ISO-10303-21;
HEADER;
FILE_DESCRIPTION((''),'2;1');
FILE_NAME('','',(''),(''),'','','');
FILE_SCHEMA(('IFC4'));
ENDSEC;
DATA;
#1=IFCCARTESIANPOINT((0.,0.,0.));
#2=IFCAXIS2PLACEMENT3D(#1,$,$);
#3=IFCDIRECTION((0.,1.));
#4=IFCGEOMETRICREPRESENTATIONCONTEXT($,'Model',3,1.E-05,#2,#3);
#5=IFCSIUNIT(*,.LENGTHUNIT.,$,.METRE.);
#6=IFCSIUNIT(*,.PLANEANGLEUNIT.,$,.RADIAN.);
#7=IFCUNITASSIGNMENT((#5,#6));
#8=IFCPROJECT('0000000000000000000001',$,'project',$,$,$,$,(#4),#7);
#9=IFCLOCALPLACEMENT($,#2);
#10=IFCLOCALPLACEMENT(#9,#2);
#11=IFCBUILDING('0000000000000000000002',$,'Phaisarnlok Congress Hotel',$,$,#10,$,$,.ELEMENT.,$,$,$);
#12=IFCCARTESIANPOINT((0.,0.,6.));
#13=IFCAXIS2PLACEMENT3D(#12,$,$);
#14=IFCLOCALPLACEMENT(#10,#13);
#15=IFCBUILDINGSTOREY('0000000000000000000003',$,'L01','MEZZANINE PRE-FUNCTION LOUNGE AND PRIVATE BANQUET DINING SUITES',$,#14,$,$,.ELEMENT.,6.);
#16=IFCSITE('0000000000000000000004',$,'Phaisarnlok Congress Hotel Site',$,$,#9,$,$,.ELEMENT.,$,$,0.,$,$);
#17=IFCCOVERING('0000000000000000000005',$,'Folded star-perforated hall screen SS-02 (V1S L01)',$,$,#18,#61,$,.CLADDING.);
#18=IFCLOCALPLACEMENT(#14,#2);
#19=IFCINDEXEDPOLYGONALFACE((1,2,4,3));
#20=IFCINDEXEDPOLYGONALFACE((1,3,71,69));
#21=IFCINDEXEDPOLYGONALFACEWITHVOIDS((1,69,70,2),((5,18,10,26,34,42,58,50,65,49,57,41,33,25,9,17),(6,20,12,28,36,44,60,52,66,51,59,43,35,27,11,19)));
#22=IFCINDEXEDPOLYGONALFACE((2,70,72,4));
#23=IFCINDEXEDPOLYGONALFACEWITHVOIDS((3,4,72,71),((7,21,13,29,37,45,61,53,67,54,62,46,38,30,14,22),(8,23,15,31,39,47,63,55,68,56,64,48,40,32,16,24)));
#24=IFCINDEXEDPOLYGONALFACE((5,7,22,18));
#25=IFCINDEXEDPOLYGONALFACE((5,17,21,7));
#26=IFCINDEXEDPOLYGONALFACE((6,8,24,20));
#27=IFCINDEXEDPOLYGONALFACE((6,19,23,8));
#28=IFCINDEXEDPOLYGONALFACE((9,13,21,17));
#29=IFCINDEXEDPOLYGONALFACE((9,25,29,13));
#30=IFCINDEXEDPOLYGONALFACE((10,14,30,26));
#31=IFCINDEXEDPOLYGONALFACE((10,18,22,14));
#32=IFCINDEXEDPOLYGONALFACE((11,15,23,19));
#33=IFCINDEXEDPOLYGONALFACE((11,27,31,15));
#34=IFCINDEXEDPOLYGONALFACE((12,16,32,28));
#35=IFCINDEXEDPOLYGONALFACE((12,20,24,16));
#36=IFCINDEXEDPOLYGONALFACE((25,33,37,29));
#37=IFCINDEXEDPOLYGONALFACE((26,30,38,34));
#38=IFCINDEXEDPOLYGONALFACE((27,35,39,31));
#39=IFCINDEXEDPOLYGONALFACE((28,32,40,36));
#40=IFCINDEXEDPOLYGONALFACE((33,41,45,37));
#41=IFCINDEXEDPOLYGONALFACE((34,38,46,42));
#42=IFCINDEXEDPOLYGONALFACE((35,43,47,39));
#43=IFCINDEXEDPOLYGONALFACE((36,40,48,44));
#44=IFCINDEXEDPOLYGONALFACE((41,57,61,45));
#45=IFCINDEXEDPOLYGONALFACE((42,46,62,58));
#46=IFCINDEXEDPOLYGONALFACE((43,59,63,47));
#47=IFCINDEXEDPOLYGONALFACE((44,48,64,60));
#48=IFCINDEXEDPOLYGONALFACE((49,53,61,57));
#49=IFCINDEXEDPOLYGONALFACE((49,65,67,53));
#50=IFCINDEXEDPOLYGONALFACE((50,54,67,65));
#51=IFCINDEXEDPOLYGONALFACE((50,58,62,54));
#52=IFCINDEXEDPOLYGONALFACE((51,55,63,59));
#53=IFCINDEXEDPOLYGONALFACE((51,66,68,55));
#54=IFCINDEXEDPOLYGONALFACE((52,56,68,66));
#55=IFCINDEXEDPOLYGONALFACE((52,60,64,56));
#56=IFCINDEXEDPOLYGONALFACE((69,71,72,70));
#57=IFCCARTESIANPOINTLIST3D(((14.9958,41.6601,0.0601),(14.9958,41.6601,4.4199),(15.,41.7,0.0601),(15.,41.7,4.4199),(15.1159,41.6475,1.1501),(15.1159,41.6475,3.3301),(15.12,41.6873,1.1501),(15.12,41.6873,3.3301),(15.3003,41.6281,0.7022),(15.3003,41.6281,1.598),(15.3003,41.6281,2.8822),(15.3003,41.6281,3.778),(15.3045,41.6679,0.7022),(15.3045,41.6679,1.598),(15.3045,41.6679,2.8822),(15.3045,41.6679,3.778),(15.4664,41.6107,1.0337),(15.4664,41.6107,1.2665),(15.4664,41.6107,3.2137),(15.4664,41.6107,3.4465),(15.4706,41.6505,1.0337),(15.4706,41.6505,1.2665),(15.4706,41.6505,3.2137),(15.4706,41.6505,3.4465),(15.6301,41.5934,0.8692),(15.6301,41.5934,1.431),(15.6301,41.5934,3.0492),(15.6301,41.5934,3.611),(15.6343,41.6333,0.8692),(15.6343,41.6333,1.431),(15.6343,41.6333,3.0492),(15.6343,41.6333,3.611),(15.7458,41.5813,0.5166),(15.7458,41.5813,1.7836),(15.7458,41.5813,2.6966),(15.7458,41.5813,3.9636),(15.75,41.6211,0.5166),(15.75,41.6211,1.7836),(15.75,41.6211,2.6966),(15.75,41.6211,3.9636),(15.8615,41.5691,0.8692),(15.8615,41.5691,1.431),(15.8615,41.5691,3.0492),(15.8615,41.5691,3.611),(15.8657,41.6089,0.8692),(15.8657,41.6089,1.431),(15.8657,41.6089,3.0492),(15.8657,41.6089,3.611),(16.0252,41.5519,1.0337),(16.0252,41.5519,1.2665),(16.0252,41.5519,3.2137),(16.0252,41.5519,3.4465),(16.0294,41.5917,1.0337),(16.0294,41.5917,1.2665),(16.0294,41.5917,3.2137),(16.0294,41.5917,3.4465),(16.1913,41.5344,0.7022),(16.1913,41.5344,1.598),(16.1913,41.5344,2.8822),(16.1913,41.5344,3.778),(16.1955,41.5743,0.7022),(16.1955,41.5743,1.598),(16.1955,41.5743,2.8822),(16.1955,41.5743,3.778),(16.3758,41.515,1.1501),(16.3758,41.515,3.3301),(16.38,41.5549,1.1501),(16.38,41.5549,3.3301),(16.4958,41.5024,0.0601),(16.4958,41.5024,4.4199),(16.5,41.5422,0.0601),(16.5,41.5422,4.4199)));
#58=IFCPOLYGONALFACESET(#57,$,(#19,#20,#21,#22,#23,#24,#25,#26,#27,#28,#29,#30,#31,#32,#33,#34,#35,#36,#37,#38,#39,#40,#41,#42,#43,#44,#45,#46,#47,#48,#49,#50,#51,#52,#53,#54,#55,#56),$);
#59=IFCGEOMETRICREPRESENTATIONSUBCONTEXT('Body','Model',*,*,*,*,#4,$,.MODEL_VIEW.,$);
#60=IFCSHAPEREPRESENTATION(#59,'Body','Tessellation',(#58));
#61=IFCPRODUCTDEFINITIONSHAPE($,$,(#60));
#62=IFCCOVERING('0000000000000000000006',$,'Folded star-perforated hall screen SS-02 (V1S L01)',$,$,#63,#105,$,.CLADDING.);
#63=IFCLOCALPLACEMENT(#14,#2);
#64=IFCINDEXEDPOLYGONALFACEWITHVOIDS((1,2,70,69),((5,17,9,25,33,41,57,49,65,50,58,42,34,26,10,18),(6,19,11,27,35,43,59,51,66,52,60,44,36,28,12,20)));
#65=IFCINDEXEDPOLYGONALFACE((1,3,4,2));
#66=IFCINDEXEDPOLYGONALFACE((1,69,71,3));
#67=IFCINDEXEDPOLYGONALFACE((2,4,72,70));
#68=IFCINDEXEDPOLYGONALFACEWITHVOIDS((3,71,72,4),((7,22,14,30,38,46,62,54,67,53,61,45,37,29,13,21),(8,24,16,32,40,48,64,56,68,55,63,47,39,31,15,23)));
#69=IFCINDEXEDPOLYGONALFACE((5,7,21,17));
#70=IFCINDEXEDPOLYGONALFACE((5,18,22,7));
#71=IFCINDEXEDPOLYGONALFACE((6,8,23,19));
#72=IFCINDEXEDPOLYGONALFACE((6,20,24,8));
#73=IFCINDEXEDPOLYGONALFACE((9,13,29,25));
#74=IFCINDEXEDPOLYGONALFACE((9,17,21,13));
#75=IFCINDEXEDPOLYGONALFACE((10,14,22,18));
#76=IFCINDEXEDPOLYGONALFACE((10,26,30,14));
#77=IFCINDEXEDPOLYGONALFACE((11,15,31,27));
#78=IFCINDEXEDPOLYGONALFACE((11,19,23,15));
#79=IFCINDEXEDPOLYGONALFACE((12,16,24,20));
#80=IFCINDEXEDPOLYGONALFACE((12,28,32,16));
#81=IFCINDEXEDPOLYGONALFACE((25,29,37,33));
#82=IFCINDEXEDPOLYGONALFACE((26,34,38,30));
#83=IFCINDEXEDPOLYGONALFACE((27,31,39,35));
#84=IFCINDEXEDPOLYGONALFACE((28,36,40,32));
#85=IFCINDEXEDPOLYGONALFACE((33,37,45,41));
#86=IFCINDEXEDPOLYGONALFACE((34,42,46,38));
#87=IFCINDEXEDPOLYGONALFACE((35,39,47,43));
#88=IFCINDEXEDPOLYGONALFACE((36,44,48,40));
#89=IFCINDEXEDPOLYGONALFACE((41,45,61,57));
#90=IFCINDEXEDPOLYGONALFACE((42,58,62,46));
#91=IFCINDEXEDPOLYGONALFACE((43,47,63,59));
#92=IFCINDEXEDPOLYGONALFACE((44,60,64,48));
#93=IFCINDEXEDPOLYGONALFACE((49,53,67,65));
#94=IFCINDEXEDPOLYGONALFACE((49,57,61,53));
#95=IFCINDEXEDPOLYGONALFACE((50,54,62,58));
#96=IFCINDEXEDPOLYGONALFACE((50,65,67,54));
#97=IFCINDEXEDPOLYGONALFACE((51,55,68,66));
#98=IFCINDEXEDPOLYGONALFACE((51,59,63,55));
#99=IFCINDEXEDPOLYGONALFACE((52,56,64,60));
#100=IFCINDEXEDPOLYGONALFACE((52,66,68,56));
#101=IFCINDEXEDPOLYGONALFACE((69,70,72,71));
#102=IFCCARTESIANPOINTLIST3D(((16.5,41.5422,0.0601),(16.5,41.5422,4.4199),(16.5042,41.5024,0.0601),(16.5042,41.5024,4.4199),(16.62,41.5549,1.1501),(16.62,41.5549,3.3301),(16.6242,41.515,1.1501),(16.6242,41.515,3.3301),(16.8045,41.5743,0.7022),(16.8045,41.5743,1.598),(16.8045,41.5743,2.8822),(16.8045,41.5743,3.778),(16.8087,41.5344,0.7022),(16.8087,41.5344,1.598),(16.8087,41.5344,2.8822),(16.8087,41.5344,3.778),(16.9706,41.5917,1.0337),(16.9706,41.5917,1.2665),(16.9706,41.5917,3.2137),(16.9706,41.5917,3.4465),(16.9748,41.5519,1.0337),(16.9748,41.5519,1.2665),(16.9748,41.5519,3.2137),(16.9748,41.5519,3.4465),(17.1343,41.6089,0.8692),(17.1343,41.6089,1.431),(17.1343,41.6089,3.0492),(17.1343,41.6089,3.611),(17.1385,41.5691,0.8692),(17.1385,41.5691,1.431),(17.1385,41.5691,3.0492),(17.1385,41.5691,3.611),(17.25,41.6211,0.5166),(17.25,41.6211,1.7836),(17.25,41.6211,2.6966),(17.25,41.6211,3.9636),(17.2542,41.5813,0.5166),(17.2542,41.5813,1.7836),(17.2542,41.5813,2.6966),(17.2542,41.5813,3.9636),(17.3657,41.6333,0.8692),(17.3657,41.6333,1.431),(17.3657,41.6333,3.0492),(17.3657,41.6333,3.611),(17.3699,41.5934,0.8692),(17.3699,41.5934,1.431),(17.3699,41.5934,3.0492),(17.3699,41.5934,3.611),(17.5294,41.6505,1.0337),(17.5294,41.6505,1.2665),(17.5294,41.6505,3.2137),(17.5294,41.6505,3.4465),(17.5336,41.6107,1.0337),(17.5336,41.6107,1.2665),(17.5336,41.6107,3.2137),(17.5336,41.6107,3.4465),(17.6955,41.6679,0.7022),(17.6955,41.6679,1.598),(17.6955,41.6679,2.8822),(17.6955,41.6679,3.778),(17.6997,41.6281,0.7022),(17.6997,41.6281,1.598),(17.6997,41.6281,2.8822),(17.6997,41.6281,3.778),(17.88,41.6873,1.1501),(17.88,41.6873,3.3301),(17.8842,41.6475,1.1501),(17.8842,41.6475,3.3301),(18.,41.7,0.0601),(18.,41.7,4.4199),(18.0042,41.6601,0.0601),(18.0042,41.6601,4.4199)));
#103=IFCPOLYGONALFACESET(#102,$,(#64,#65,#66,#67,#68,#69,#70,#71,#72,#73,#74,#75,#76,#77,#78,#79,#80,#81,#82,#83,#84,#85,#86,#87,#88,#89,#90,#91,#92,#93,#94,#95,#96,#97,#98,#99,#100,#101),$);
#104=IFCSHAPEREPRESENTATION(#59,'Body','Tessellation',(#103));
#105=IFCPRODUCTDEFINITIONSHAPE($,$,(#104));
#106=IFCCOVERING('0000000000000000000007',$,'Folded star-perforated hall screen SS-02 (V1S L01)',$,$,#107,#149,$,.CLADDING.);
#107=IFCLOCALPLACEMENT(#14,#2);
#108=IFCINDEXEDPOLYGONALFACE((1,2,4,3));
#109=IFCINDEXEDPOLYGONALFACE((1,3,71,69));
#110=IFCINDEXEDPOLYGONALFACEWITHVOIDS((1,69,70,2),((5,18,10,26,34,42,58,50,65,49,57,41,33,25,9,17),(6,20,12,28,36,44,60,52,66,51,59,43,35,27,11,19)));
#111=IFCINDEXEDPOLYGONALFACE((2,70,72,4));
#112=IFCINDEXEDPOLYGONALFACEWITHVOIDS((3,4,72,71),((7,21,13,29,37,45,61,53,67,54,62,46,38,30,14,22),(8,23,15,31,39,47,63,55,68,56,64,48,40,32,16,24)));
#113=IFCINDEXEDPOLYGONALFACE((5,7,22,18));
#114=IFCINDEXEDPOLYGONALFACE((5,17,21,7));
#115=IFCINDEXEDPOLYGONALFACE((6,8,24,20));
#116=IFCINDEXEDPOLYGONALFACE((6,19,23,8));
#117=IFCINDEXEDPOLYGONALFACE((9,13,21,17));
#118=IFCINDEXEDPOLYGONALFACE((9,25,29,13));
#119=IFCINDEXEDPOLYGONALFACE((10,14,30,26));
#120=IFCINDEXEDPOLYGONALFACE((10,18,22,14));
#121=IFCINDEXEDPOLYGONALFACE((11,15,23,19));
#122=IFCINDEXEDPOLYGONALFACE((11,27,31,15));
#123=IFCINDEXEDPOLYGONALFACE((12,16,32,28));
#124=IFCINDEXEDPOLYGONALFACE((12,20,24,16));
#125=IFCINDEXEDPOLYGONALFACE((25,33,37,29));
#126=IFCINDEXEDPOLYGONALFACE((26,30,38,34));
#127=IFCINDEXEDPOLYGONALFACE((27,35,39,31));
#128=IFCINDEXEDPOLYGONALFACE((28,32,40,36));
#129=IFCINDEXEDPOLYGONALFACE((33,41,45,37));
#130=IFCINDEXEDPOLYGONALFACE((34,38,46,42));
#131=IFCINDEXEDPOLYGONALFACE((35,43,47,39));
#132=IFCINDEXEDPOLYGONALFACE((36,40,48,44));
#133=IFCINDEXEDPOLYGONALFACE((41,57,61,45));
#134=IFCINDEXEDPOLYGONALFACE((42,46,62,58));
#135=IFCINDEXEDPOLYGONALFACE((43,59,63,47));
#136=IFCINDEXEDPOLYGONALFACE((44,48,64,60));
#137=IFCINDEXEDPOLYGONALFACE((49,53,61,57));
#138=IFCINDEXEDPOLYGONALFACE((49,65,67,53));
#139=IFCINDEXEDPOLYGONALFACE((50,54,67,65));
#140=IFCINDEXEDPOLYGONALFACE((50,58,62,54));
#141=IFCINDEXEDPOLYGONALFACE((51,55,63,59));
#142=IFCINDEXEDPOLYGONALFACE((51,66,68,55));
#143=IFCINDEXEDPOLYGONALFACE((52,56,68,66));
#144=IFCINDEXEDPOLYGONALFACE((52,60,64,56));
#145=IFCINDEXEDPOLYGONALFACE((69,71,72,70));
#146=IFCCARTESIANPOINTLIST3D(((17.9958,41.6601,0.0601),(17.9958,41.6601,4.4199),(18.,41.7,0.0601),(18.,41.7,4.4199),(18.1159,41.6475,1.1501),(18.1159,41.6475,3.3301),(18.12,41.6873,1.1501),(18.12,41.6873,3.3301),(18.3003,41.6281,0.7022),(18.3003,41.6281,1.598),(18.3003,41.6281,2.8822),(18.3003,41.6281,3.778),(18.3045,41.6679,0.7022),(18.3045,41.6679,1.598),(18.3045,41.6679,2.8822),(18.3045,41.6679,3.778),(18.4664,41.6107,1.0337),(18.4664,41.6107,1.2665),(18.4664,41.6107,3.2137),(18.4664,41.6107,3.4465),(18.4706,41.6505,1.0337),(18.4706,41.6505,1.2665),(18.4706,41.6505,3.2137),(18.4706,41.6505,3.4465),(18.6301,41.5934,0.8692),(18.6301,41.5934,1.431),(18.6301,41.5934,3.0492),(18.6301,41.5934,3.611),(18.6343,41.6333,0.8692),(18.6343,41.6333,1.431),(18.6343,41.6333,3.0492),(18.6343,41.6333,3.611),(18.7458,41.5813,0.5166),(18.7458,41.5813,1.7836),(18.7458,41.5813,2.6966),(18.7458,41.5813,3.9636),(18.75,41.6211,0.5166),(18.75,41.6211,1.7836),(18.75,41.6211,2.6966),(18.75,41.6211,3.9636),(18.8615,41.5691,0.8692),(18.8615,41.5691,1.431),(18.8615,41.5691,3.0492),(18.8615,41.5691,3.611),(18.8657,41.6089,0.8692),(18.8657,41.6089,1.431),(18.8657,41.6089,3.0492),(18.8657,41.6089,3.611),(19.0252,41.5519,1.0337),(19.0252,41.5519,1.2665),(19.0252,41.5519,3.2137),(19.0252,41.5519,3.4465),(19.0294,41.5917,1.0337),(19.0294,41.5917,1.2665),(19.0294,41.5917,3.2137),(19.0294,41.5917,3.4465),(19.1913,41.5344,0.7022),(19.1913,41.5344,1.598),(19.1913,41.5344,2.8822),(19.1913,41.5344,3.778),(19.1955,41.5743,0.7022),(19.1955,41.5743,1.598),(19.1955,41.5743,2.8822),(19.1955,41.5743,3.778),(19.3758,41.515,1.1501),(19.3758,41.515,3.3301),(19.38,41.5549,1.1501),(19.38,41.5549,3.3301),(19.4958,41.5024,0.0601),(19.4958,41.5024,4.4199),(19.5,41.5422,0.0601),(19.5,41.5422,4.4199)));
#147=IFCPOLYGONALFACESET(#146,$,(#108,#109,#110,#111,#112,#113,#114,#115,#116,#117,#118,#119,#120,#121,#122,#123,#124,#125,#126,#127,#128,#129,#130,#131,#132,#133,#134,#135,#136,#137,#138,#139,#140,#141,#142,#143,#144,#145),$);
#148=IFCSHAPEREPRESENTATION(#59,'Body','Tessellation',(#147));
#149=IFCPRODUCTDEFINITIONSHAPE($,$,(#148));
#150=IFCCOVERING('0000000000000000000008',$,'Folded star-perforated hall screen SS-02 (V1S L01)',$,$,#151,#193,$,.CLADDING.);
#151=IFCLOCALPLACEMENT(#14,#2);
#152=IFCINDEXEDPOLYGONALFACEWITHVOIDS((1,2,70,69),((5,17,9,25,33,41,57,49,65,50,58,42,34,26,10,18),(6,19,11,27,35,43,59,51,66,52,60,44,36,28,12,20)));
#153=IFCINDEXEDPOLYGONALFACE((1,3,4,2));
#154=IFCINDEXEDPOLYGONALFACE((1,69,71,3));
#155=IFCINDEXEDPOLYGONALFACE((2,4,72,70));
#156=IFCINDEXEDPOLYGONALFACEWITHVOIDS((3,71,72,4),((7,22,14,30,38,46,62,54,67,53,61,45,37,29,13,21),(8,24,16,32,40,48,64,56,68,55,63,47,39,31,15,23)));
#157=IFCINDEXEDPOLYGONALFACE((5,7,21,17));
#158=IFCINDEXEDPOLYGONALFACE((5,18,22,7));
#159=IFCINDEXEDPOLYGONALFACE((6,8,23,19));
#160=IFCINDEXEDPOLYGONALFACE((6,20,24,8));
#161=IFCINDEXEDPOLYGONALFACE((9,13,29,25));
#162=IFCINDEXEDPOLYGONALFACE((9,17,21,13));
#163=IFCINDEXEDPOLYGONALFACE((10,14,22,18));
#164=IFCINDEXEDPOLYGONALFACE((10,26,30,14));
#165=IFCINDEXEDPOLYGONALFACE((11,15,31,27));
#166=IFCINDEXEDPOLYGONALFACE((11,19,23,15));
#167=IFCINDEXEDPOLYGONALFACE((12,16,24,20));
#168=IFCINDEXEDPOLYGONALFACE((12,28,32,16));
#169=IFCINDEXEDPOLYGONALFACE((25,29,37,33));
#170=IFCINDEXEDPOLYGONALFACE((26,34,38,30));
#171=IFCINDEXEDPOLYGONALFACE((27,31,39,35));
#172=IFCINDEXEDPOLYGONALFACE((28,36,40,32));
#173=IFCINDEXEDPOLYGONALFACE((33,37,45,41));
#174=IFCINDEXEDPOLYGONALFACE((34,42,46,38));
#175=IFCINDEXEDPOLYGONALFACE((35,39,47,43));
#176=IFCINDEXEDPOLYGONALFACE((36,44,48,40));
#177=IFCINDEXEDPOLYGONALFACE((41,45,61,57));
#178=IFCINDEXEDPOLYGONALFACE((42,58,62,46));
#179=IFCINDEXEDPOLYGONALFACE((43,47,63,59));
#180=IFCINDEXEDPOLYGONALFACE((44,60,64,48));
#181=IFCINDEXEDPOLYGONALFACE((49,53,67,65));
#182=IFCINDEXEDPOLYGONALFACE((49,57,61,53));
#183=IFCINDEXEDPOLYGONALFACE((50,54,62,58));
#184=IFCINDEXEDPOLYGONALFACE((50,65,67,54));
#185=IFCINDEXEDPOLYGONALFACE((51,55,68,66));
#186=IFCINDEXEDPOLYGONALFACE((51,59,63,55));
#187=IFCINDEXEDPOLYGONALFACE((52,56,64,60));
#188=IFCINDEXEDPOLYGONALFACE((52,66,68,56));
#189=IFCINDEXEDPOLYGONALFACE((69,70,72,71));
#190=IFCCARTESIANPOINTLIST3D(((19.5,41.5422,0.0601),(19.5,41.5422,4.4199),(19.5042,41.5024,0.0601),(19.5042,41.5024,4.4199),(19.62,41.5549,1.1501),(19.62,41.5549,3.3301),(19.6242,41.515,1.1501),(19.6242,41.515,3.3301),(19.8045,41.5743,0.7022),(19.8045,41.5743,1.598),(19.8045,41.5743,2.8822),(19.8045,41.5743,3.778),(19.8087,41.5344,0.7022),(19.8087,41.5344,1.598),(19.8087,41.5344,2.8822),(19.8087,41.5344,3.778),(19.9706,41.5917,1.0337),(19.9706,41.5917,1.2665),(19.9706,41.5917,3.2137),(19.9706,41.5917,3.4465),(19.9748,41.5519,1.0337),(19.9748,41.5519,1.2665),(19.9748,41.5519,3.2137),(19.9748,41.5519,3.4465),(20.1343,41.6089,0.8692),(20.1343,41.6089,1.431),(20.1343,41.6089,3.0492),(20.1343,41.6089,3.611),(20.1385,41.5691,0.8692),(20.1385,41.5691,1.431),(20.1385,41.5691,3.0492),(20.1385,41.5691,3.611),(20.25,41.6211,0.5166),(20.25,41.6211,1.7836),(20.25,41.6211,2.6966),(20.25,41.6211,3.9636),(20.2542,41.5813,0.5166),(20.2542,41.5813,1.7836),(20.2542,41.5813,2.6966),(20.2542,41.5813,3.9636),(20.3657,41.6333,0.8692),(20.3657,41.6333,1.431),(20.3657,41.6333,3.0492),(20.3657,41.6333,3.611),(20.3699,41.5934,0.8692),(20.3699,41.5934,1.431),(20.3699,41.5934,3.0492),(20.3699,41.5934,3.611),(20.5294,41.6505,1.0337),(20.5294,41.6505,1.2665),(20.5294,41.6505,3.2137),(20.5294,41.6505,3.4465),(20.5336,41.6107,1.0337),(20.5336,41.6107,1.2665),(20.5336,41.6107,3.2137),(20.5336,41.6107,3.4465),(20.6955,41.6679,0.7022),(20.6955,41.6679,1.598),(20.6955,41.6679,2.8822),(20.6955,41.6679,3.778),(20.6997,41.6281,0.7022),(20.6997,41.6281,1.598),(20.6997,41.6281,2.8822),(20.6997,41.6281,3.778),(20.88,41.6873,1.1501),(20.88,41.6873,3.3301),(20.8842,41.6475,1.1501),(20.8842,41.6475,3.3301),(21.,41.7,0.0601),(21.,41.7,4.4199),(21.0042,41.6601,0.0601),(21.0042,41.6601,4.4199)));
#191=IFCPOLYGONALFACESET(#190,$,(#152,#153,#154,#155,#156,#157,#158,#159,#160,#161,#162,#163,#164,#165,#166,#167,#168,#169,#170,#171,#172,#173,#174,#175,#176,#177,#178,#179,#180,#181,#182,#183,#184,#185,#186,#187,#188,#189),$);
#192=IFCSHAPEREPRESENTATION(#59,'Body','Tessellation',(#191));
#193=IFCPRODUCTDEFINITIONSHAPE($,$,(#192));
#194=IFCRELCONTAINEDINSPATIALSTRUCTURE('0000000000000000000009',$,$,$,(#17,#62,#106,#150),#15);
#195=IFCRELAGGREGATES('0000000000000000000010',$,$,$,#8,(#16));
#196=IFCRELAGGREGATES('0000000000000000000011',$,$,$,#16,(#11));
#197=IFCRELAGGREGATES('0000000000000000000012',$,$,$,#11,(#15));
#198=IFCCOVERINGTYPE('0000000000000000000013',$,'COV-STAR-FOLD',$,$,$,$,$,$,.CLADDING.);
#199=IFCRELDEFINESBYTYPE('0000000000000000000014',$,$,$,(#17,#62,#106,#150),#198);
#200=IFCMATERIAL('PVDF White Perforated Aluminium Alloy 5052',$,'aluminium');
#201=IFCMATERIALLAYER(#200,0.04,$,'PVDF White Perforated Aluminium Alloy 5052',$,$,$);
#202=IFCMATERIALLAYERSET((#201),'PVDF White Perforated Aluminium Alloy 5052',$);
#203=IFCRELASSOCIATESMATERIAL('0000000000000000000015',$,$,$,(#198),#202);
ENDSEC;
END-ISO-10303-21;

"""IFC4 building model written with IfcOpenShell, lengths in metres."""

from ifc_helpers import new_model, si_unit, direction, frame, origin, place, context, subcontext, project, spatial, polyline, outline, extrude, material, layer, layer_set, type_object, element, save


model = new_model("IFC4")

# Units and contexts
model_context = context("Model", 3, precision=1e-05, world=origin(), true_north=direction((0.0, 1.0)))
body_context = subcontext(model_context, "Body", "Model", "MODEL_VIEW")
ifc_project = project(units=[si_unit("LENGTHUNIT", "METRE"), si_unit("PLANEANGLEUNIT", "RADIAN")], contexts=[model_context])

# Site, building, storey
site_placement = place(None, origin())
site = spatial("IfcSite", under=ifc_project, at=site_placement, Name="Phaisarnlok Congress Hotel Site", CompositionType="ELEMENT", RefElevation=0.0)
building_placement = place(site_placement, origin())
building = spatial("IfcBuilding", under=site, at=building_placement, Name="Phaisarnlok Congress Hotel", CompositionType="ELEMENT")
storey_placement = place(building_placement, frame((0.0, 0.0, 6.0)))
storey = spatial("IfcBuildingStorey", under=building, at=storey_placement, Name="L01", Description="MEZZANINE PRE-FUNCTION LOUNGE AND PRIVATE BANQUET DINING SUITES", CompositionType="ELEMENT", Elevation=6.0)

# Coverings
ifc_material_1 = material(Name="PVDF White Perforated Aluminium Alloy 5052", Category="aluminium")
ifc_layer = layer(ifc_material_1, 0.04, Name="PVDF White Perforated Aluminium Alloy 5052")
ifc_layer_set = layer_set([ifc_layer], Name="PVDF White Perforated Aluminium Alloy 5052")
covering_type = type_object("IfcCoveringType", Name="COV-STAR-FOLD", PredefinedType="CLADDING", material=ifc_layer_set)
for number, where, z_axis, x_axis, name in (
    (1, (15.0, 41.7, 0.0601), (-0.104567, -0.994518, 0.0), (0.994518, -0.104567, 0.0), "Folded star-perforated hall screen SS-02 (V1S L01)"),
    (2, (16.5, 41.5422, 0.0601), (0.104567, -0.994518, 0.0), (0.994518, 0.104567, 0.0), "Folded star-perforated hall screen SS-02 (V1S L01)"),
    (3, (18.0, 41.7, 0.0601), (-0.104567, -0.994518, 0.0), (0.994518, -0.104567, 0.0), "Folded star-perforated hall screen SS-02 (V1S L01)"),
    (4, (19.5, 41.5422, 0.0601), (0.104567, -0.994518, 0.0), (0.994518, 0.104567, 0.0), "Folded star-perforated hall screen SS-02 (V1S L01)"),
):
    element("IfcCovering", number, at=place(storey_placement, frame(where, z_axis=z_axis, x_axis=x_axis)), inside=storey, type_object=covering_type, Name=name, PredefinedType="CLADDING", context=body_context, shape_type="SweptSolid", body=[
        extrude(outline(polyline([(0.0, 0.0), (1.5083, 0.0), (1.5083, 4.3599), (0.0, 4.3599), (0.0, 0.0)]), holes=[polyline([(1.0351, 0.9736), (1.2021, 0.6421), (0.8705, 0.8091), (0.7541, 0.4565), (0.6378, 0.8091), (0.3062, 0.6421), (0.4732, 0.9736), (0.1207, 1.09), (0.4732, 1.2064), (0.3062, 1.5379), (0.6378, 1.3709), (0.7541, 1.7235), (0.8705, 1.3709), (1.2021, 1.5379), (1.0351, 1.2064), (1.3876, 1.09), (1.0351, 0.9736)]), polyline([(1.0351, 3.1536), (1.2021, 2.8221), (0.8705, 2.9891), (0.7541, 2.6365), (0.6378, 2.9891), (0.3062, 2.8221), (0.4732, 3.1536), (0.1207, 3.27), (0.4732, 3.3864), (0.3062, 3.7179), (0.6378, 3.5509), (0.7541, 3.9035), (0.8705, 3.5509), (1.2021, 3.7179), (1.0351, 3.3864), (1.3876, 3.27), (1.0351, 3.1536)])]), origin(), (0.0, 0.0, 1.0), 0.04),
    ])

save(model, "model.ifc")
